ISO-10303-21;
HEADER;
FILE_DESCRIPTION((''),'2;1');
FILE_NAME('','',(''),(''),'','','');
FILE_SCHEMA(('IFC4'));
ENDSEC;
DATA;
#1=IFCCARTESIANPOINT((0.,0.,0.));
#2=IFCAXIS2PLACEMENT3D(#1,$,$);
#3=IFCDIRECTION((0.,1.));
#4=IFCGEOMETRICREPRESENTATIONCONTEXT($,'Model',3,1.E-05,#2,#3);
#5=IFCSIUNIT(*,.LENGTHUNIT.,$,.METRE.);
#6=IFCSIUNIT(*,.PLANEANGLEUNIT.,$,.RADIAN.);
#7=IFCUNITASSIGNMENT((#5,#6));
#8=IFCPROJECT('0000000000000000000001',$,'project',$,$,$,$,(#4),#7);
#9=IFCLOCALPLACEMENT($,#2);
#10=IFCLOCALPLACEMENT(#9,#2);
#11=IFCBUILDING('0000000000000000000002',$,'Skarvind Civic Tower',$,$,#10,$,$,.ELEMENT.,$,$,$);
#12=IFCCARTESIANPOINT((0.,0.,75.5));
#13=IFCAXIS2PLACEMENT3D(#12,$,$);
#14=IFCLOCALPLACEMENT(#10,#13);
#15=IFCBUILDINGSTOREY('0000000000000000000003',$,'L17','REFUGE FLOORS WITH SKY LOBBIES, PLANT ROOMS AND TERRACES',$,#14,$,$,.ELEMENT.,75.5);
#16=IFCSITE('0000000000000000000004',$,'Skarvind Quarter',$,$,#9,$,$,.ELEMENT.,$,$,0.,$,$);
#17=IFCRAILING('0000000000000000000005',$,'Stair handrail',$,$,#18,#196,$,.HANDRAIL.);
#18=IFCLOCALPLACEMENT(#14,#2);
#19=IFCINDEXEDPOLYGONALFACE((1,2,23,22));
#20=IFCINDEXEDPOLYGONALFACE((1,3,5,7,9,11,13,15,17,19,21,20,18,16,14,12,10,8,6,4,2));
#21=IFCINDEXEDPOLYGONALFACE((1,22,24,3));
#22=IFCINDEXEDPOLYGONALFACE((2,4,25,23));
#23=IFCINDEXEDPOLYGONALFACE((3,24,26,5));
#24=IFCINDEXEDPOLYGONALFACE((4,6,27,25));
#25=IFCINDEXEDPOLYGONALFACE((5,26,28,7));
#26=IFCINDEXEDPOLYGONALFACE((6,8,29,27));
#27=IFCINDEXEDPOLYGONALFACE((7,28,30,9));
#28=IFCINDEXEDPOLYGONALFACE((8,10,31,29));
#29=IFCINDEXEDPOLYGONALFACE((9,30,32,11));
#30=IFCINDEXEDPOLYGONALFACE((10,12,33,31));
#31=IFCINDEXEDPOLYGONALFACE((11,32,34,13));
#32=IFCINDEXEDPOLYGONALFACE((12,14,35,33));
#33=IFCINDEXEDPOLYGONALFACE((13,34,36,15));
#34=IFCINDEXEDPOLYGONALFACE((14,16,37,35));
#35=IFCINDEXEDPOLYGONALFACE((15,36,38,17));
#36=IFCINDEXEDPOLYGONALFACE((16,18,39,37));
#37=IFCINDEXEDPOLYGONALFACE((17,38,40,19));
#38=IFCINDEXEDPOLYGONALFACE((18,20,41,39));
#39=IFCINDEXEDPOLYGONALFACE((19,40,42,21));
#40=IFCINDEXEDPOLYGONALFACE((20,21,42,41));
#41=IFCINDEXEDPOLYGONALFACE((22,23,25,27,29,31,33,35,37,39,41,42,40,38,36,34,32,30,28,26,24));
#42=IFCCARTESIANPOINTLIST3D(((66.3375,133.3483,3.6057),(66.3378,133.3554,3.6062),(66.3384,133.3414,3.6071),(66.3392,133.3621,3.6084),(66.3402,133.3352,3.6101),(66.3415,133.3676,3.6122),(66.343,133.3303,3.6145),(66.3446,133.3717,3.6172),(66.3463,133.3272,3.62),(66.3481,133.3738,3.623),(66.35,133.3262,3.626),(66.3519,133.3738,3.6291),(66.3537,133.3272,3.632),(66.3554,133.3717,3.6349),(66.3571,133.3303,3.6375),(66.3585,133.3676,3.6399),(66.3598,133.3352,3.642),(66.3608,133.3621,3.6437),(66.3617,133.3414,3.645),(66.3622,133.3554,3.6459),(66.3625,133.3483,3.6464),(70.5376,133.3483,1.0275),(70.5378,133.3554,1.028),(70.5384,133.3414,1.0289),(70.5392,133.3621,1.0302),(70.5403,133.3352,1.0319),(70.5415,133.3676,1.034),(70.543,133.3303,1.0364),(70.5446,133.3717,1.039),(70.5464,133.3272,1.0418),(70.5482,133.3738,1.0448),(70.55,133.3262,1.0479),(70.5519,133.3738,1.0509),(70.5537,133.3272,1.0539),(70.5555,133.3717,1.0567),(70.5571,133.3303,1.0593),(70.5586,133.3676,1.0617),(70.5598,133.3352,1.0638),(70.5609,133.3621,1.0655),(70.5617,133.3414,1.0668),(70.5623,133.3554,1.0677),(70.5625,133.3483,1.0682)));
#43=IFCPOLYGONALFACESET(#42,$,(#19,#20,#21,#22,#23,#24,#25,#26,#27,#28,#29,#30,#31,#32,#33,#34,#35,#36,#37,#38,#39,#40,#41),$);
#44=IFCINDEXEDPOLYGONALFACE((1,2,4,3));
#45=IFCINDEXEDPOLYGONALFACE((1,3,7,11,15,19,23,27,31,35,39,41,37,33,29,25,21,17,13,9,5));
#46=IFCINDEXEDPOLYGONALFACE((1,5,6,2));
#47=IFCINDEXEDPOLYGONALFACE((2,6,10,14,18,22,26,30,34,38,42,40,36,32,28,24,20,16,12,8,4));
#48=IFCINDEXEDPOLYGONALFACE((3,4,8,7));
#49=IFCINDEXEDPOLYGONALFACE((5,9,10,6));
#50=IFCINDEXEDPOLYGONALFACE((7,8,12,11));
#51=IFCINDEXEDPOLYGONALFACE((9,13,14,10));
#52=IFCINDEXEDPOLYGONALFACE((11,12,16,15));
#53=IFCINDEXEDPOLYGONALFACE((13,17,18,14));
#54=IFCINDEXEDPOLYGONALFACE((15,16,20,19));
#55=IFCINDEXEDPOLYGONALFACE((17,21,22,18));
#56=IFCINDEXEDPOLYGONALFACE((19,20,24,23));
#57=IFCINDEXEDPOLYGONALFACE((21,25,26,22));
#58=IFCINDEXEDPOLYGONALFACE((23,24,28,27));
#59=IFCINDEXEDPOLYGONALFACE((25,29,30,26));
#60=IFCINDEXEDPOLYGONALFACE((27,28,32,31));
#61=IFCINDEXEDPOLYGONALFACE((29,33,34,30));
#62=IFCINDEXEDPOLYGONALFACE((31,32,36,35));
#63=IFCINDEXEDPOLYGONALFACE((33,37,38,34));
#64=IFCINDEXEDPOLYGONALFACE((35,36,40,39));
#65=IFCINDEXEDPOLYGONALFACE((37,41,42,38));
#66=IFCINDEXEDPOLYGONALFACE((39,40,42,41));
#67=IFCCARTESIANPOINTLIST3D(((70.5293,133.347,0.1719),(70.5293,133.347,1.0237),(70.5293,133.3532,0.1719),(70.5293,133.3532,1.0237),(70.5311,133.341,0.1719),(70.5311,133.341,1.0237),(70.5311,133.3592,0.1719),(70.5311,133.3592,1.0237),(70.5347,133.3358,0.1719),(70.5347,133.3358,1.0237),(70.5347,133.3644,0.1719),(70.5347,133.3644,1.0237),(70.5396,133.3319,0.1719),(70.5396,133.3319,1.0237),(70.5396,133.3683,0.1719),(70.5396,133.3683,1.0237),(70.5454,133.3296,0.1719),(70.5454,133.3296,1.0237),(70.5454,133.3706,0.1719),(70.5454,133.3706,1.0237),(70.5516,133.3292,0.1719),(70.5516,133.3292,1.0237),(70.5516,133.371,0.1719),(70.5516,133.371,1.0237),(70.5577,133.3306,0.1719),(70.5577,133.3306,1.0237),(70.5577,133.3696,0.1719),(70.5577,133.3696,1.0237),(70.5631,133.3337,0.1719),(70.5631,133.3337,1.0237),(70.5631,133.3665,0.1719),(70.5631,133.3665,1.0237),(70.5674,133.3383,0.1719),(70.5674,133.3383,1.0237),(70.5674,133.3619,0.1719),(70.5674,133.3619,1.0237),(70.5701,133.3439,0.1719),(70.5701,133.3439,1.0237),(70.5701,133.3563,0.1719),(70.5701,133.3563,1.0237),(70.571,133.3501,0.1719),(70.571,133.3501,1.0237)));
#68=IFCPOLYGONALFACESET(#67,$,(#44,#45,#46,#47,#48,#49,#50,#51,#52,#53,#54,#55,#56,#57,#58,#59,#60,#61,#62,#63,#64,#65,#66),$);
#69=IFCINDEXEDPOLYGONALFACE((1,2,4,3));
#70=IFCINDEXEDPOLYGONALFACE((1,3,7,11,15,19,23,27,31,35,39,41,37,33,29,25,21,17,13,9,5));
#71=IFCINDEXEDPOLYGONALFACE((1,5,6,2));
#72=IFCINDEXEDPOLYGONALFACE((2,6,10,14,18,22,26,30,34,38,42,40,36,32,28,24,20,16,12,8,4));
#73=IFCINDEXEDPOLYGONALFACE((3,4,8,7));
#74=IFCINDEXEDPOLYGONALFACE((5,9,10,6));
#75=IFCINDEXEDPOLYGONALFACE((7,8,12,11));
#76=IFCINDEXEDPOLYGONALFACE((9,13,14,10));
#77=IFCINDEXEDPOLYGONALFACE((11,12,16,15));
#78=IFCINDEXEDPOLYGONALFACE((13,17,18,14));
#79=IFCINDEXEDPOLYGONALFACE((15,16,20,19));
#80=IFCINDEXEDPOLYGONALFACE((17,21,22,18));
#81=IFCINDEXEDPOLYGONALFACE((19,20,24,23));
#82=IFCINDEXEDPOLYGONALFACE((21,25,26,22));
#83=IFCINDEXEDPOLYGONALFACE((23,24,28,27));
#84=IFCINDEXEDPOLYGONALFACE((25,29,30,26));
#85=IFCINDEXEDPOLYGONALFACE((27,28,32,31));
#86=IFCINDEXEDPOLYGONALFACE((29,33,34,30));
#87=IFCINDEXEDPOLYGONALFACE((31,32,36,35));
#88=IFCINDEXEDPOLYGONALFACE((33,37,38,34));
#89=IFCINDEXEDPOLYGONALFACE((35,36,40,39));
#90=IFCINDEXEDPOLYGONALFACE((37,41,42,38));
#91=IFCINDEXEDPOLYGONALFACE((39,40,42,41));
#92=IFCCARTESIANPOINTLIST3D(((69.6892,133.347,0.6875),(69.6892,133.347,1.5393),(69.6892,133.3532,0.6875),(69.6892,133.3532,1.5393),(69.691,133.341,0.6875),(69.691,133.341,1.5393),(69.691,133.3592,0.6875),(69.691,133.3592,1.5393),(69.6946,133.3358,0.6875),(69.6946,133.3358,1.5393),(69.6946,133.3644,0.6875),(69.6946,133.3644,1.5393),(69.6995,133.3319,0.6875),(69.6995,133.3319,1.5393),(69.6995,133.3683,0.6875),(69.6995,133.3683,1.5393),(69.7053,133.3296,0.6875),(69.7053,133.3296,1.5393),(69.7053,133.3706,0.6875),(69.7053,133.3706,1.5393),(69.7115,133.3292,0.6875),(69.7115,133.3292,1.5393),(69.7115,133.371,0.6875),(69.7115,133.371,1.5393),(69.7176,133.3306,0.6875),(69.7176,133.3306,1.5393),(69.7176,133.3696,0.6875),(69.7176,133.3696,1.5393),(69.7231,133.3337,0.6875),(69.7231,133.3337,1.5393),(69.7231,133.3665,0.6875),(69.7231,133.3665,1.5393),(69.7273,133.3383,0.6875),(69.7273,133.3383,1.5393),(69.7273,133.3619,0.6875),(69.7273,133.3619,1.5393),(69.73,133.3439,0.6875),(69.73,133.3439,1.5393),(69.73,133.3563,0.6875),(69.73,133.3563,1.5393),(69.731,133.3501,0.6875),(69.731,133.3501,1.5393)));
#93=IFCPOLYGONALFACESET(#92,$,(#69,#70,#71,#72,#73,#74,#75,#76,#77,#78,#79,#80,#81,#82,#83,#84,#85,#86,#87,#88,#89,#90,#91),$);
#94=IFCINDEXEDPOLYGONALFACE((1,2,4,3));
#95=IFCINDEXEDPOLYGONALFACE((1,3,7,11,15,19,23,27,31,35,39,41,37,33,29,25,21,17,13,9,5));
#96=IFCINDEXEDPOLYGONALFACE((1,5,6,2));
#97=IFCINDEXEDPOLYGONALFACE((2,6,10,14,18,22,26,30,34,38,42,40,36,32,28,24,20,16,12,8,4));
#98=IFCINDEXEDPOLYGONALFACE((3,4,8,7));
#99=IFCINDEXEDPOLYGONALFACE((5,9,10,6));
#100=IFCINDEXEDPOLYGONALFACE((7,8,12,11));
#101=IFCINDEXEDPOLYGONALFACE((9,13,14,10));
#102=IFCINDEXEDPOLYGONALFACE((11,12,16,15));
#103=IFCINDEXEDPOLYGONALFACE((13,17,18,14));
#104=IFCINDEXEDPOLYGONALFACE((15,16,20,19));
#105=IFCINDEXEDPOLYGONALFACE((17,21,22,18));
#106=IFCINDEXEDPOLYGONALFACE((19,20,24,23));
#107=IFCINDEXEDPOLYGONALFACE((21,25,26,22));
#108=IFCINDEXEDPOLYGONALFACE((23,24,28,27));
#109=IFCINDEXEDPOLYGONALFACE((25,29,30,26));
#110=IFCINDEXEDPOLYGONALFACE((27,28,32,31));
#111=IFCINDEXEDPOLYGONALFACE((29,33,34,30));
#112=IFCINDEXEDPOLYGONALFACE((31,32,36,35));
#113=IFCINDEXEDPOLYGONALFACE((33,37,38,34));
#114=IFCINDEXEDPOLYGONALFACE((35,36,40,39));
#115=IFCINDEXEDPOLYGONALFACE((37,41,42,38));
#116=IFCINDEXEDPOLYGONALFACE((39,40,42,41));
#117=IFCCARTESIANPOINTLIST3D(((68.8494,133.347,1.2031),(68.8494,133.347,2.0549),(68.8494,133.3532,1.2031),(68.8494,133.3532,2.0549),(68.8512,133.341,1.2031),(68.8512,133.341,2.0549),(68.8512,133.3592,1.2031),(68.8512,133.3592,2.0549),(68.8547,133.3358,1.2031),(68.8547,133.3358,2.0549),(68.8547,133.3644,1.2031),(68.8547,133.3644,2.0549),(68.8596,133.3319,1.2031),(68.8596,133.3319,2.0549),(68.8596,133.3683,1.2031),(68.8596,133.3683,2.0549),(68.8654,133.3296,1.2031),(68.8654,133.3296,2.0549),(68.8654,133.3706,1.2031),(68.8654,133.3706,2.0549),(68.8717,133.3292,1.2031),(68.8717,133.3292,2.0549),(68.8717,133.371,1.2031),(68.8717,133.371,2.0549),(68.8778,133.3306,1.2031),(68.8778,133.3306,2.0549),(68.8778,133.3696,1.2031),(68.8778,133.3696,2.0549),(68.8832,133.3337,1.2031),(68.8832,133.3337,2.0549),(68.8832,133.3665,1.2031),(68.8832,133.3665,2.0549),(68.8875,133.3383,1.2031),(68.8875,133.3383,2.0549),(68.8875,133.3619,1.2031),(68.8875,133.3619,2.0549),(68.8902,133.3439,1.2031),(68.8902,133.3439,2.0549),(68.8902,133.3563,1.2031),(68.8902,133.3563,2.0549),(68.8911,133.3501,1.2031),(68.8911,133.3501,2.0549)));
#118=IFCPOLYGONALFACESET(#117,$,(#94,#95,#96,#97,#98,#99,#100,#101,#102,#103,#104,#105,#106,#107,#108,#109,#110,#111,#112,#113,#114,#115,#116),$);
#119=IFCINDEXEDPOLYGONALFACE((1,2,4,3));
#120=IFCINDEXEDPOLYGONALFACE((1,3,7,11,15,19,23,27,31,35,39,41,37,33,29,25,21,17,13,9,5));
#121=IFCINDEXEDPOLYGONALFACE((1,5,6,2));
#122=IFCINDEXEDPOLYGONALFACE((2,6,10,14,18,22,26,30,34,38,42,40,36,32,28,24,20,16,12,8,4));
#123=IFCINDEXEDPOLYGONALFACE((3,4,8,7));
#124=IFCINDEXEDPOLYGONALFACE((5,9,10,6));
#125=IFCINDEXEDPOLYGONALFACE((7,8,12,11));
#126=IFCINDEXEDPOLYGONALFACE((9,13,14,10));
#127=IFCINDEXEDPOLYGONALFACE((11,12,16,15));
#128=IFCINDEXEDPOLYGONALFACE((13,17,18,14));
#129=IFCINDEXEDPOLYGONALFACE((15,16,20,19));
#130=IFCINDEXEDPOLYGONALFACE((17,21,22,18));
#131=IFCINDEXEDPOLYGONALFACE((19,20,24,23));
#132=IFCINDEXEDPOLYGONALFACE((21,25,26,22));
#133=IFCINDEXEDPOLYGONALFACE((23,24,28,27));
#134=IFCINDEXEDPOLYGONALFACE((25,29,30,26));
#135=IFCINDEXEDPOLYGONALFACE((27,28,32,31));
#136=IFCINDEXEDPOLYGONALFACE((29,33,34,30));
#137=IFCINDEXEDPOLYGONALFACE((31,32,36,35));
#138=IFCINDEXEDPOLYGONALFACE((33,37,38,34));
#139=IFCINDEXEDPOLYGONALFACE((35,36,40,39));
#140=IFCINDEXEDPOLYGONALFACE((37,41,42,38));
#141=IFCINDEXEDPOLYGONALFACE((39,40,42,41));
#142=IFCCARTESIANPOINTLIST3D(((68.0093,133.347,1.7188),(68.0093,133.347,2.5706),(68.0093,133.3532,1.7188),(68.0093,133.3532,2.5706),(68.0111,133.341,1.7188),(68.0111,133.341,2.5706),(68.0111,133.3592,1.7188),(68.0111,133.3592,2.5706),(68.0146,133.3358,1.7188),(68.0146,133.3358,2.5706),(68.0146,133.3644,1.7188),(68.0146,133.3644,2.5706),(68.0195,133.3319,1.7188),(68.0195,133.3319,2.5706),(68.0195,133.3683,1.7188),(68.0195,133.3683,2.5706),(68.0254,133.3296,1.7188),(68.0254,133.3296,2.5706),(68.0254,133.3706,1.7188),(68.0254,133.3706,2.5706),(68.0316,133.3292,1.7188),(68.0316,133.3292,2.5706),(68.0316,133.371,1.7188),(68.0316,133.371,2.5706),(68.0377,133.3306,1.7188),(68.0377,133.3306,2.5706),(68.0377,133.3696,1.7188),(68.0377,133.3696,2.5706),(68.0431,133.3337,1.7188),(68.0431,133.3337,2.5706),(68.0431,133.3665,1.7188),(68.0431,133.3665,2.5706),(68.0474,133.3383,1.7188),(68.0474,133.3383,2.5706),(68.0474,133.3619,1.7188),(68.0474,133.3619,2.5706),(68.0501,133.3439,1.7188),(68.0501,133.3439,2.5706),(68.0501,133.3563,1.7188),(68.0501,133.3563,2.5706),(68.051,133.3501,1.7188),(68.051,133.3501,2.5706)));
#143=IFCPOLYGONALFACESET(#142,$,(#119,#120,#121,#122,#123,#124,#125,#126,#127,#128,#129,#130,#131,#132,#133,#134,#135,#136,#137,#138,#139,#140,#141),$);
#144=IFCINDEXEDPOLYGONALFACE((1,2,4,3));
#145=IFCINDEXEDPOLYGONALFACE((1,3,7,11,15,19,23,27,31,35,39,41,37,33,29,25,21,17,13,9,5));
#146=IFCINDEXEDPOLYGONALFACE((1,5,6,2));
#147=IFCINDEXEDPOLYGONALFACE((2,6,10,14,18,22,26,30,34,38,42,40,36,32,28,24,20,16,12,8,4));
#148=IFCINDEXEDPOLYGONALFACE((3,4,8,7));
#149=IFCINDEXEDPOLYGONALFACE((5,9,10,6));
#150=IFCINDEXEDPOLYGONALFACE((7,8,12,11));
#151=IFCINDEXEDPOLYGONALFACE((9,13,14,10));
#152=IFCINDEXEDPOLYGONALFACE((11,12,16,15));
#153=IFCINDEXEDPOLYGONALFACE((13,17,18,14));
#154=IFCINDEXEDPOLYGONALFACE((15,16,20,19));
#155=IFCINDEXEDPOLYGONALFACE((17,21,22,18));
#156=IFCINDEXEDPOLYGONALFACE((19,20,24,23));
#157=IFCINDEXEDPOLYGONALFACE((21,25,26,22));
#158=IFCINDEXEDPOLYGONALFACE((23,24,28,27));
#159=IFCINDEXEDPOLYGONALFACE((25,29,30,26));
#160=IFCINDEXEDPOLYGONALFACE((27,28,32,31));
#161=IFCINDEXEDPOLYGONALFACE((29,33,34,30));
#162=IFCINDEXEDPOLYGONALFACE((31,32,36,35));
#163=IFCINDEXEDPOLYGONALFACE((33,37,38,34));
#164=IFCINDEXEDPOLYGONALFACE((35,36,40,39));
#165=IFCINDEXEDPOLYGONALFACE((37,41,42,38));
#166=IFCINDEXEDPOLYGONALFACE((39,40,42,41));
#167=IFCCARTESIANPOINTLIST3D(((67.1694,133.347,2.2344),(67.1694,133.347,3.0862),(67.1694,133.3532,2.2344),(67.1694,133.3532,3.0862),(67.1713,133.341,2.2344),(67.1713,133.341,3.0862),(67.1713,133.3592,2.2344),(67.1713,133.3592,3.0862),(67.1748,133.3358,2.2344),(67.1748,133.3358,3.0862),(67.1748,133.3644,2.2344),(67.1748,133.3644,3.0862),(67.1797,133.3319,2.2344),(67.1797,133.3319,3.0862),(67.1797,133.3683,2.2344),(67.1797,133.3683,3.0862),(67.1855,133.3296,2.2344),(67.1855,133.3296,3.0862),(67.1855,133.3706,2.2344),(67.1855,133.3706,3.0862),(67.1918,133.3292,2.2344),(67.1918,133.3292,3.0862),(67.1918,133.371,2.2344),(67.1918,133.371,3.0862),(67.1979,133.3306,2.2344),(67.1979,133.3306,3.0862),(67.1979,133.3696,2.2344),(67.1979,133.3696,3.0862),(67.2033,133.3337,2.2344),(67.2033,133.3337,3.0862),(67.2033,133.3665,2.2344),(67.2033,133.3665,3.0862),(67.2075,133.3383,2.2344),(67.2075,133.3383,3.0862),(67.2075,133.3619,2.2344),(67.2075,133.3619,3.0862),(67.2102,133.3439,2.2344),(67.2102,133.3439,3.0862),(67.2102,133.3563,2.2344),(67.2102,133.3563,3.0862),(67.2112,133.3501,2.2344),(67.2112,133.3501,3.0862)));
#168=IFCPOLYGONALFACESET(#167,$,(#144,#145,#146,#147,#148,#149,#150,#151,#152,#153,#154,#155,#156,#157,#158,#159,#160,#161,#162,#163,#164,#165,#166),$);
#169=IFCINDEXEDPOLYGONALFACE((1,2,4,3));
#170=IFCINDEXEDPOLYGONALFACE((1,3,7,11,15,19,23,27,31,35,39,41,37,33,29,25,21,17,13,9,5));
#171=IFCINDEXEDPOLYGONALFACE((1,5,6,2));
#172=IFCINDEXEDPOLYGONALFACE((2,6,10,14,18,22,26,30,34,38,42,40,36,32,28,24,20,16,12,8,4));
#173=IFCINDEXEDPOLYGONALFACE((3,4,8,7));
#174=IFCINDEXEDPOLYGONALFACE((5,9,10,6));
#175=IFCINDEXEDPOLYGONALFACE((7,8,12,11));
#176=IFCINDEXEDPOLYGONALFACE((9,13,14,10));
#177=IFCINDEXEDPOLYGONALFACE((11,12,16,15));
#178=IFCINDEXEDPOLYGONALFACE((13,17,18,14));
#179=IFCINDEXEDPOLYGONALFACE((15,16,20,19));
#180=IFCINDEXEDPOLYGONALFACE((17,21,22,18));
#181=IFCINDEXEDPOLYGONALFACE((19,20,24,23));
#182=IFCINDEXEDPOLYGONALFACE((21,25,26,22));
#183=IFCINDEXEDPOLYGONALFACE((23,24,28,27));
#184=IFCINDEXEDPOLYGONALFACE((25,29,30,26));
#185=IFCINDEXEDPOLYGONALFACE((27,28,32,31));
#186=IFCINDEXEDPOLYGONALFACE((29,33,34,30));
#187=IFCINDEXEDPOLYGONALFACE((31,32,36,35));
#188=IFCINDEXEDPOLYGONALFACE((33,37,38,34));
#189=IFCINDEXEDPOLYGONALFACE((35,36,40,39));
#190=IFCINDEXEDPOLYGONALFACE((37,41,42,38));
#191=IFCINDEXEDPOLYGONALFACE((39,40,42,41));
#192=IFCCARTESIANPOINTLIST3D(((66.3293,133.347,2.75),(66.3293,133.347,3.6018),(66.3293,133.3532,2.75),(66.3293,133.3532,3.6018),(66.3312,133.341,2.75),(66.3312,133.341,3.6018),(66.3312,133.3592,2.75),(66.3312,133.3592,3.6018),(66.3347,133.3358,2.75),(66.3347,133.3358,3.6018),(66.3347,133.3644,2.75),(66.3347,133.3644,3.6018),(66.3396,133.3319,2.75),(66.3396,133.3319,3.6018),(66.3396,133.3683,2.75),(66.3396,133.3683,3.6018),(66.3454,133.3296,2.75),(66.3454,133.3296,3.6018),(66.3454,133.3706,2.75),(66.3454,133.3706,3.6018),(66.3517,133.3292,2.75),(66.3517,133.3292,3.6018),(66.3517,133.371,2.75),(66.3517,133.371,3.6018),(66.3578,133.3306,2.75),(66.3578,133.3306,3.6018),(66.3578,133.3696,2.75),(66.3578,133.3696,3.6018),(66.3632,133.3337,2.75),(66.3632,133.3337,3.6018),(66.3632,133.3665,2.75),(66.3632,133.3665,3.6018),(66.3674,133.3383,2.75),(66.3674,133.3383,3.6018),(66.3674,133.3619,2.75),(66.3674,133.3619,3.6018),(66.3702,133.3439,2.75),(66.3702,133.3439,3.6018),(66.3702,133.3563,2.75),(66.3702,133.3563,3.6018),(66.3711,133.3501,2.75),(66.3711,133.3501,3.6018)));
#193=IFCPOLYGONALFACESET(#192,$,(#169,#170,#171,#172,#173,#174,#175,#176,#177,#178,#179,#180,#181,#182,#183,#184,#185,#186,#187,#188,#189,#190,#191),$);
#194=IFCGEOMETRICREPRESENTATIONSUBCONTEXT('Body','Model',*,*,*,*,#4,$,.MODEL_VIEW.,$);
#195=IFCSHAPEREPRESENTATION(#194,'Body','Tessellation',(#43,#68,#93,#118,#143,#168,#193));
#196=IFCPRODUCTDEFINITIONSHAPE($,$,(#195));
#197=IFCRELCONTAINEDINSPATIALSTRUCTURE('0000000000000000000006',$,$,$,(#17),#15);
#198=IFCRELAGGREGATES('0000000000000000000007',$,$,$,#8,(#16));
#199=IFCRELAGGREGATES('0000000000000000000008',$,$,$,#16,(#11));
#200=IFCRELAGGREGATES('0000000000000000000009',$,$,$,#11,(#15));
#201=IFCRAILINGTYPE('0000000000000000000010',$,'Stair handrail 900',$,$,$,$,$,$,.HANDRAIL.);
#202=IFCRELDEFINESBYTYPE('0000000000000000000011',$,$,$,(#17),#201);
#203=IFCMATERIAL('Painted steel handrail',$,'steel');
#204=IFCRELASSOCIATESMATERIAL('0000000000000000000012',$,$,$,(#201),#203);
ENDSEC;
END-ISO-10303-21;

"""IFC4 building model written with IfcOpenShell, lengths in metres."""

from ifc_helpers import new_model, si_unit, direction, frame, origin, origin_2d, place, context, subcontext, project, spatial, circle, extrude, material, type_object, element, save


model = new_model("IFC4")

# Units and contexts
model_context = context("Model", 3, precision=1e-05, world=origin(), true_north=direction((0.0, 1.0)))
body_context = subcontext(model_context, "Body", "Model", "MODEL_VIEW")
ifc_project = project(units=[si_unit("LENGTHUNIT", "METRE"), si_unit("PLANEANGLEUNIT", "RADIAN")], contexts=[model_context])

# Site, building, storey
site_placement = place(None, origin())
site = spatial("IfcSite", under=ifc_project, at=site_placement, Name="Skarvind Quarter", CompositionType="ELEMENT", RefElevation=0.0)
building_placement = place(site_placement, origin())
building = spatial("IfcBuilding", under=site, at=building_placement, Name="Skarvind Civic Tower", CompositionType="ELEMENT")
storey_placement = place(building_placement, frame((0.0, 0.0, 75.5)))
storey = spatial("IfcBuildingStorey", under=building, at=storey_placement, Name="L17", Description="REFUGE FLOORS WITH SKY LOBBIES, PLANT ROOMS AND TERRACES", CompositionType="ELEMENT", Elevation=75.5)

# Railing
ifc_material_1 = material(Name="Painted steel handrail", Category="steel")
railing_type = type_object("IfcRailingType", Name="Stair handrail 900", PredefinedType="HANDRAIL", material=ifc_material_1)
railing_1_placement = place(storey_placement, frame((70.55, 133.3501, 0.1719)))
element("IfcRailing", 1, at=railing_1_placement, inside=storey, type_object=railing_type, Name="Stair handrail", PredefinedType="HANDRAIL", context=body_context, shape_type="SweptSolid", body=[
    extrude(circle(Radius=0.0239, at=origin_2d()), frame((0.0, 0.0, 0.876), z_axis=(-0.852243, 0.0, 0.523146), x_axis=(0.0, -1.0, 0.0)), (0.0, 0.0, 1.0), 4.9282),
    extrude(circle(Radius=0.021, at=origin_2d()), origin(), (0.0, 0.0, 1.0), 0.8518),
    extrude(circle(Radius=0.021, at=origin_2d()), frame((-0.8401, 0.0, 0.5156)), (0.0, 0.0, 1.0), 0.8518),
    extrude(circle(Radius=0.021, at=origin_2d()), frame((-1.6799, 0.0, 1.0312)), (0.0, 0.0, 1.0), 0.8518),
    extrude(circle(Radius=0.021, at=origin_2d()), frame((-2.52, 0.0, 1.5469)), (0.0, 0.0, 1.0), 0.8518),
    extrude(circle(Radius=0.021, at=origin_2d()), frame((-3.3599, 0.0, 2.0625)), (0.0, 0.0, 1.0), 0.8518),
    extrude(circle(Radius=0.021, at=origin_2d()), frame((-4.2, 0.0, 2.5781)), (0.0, 0.0, 1.0), 0.8518),
])

save(model, "model.ifc")
